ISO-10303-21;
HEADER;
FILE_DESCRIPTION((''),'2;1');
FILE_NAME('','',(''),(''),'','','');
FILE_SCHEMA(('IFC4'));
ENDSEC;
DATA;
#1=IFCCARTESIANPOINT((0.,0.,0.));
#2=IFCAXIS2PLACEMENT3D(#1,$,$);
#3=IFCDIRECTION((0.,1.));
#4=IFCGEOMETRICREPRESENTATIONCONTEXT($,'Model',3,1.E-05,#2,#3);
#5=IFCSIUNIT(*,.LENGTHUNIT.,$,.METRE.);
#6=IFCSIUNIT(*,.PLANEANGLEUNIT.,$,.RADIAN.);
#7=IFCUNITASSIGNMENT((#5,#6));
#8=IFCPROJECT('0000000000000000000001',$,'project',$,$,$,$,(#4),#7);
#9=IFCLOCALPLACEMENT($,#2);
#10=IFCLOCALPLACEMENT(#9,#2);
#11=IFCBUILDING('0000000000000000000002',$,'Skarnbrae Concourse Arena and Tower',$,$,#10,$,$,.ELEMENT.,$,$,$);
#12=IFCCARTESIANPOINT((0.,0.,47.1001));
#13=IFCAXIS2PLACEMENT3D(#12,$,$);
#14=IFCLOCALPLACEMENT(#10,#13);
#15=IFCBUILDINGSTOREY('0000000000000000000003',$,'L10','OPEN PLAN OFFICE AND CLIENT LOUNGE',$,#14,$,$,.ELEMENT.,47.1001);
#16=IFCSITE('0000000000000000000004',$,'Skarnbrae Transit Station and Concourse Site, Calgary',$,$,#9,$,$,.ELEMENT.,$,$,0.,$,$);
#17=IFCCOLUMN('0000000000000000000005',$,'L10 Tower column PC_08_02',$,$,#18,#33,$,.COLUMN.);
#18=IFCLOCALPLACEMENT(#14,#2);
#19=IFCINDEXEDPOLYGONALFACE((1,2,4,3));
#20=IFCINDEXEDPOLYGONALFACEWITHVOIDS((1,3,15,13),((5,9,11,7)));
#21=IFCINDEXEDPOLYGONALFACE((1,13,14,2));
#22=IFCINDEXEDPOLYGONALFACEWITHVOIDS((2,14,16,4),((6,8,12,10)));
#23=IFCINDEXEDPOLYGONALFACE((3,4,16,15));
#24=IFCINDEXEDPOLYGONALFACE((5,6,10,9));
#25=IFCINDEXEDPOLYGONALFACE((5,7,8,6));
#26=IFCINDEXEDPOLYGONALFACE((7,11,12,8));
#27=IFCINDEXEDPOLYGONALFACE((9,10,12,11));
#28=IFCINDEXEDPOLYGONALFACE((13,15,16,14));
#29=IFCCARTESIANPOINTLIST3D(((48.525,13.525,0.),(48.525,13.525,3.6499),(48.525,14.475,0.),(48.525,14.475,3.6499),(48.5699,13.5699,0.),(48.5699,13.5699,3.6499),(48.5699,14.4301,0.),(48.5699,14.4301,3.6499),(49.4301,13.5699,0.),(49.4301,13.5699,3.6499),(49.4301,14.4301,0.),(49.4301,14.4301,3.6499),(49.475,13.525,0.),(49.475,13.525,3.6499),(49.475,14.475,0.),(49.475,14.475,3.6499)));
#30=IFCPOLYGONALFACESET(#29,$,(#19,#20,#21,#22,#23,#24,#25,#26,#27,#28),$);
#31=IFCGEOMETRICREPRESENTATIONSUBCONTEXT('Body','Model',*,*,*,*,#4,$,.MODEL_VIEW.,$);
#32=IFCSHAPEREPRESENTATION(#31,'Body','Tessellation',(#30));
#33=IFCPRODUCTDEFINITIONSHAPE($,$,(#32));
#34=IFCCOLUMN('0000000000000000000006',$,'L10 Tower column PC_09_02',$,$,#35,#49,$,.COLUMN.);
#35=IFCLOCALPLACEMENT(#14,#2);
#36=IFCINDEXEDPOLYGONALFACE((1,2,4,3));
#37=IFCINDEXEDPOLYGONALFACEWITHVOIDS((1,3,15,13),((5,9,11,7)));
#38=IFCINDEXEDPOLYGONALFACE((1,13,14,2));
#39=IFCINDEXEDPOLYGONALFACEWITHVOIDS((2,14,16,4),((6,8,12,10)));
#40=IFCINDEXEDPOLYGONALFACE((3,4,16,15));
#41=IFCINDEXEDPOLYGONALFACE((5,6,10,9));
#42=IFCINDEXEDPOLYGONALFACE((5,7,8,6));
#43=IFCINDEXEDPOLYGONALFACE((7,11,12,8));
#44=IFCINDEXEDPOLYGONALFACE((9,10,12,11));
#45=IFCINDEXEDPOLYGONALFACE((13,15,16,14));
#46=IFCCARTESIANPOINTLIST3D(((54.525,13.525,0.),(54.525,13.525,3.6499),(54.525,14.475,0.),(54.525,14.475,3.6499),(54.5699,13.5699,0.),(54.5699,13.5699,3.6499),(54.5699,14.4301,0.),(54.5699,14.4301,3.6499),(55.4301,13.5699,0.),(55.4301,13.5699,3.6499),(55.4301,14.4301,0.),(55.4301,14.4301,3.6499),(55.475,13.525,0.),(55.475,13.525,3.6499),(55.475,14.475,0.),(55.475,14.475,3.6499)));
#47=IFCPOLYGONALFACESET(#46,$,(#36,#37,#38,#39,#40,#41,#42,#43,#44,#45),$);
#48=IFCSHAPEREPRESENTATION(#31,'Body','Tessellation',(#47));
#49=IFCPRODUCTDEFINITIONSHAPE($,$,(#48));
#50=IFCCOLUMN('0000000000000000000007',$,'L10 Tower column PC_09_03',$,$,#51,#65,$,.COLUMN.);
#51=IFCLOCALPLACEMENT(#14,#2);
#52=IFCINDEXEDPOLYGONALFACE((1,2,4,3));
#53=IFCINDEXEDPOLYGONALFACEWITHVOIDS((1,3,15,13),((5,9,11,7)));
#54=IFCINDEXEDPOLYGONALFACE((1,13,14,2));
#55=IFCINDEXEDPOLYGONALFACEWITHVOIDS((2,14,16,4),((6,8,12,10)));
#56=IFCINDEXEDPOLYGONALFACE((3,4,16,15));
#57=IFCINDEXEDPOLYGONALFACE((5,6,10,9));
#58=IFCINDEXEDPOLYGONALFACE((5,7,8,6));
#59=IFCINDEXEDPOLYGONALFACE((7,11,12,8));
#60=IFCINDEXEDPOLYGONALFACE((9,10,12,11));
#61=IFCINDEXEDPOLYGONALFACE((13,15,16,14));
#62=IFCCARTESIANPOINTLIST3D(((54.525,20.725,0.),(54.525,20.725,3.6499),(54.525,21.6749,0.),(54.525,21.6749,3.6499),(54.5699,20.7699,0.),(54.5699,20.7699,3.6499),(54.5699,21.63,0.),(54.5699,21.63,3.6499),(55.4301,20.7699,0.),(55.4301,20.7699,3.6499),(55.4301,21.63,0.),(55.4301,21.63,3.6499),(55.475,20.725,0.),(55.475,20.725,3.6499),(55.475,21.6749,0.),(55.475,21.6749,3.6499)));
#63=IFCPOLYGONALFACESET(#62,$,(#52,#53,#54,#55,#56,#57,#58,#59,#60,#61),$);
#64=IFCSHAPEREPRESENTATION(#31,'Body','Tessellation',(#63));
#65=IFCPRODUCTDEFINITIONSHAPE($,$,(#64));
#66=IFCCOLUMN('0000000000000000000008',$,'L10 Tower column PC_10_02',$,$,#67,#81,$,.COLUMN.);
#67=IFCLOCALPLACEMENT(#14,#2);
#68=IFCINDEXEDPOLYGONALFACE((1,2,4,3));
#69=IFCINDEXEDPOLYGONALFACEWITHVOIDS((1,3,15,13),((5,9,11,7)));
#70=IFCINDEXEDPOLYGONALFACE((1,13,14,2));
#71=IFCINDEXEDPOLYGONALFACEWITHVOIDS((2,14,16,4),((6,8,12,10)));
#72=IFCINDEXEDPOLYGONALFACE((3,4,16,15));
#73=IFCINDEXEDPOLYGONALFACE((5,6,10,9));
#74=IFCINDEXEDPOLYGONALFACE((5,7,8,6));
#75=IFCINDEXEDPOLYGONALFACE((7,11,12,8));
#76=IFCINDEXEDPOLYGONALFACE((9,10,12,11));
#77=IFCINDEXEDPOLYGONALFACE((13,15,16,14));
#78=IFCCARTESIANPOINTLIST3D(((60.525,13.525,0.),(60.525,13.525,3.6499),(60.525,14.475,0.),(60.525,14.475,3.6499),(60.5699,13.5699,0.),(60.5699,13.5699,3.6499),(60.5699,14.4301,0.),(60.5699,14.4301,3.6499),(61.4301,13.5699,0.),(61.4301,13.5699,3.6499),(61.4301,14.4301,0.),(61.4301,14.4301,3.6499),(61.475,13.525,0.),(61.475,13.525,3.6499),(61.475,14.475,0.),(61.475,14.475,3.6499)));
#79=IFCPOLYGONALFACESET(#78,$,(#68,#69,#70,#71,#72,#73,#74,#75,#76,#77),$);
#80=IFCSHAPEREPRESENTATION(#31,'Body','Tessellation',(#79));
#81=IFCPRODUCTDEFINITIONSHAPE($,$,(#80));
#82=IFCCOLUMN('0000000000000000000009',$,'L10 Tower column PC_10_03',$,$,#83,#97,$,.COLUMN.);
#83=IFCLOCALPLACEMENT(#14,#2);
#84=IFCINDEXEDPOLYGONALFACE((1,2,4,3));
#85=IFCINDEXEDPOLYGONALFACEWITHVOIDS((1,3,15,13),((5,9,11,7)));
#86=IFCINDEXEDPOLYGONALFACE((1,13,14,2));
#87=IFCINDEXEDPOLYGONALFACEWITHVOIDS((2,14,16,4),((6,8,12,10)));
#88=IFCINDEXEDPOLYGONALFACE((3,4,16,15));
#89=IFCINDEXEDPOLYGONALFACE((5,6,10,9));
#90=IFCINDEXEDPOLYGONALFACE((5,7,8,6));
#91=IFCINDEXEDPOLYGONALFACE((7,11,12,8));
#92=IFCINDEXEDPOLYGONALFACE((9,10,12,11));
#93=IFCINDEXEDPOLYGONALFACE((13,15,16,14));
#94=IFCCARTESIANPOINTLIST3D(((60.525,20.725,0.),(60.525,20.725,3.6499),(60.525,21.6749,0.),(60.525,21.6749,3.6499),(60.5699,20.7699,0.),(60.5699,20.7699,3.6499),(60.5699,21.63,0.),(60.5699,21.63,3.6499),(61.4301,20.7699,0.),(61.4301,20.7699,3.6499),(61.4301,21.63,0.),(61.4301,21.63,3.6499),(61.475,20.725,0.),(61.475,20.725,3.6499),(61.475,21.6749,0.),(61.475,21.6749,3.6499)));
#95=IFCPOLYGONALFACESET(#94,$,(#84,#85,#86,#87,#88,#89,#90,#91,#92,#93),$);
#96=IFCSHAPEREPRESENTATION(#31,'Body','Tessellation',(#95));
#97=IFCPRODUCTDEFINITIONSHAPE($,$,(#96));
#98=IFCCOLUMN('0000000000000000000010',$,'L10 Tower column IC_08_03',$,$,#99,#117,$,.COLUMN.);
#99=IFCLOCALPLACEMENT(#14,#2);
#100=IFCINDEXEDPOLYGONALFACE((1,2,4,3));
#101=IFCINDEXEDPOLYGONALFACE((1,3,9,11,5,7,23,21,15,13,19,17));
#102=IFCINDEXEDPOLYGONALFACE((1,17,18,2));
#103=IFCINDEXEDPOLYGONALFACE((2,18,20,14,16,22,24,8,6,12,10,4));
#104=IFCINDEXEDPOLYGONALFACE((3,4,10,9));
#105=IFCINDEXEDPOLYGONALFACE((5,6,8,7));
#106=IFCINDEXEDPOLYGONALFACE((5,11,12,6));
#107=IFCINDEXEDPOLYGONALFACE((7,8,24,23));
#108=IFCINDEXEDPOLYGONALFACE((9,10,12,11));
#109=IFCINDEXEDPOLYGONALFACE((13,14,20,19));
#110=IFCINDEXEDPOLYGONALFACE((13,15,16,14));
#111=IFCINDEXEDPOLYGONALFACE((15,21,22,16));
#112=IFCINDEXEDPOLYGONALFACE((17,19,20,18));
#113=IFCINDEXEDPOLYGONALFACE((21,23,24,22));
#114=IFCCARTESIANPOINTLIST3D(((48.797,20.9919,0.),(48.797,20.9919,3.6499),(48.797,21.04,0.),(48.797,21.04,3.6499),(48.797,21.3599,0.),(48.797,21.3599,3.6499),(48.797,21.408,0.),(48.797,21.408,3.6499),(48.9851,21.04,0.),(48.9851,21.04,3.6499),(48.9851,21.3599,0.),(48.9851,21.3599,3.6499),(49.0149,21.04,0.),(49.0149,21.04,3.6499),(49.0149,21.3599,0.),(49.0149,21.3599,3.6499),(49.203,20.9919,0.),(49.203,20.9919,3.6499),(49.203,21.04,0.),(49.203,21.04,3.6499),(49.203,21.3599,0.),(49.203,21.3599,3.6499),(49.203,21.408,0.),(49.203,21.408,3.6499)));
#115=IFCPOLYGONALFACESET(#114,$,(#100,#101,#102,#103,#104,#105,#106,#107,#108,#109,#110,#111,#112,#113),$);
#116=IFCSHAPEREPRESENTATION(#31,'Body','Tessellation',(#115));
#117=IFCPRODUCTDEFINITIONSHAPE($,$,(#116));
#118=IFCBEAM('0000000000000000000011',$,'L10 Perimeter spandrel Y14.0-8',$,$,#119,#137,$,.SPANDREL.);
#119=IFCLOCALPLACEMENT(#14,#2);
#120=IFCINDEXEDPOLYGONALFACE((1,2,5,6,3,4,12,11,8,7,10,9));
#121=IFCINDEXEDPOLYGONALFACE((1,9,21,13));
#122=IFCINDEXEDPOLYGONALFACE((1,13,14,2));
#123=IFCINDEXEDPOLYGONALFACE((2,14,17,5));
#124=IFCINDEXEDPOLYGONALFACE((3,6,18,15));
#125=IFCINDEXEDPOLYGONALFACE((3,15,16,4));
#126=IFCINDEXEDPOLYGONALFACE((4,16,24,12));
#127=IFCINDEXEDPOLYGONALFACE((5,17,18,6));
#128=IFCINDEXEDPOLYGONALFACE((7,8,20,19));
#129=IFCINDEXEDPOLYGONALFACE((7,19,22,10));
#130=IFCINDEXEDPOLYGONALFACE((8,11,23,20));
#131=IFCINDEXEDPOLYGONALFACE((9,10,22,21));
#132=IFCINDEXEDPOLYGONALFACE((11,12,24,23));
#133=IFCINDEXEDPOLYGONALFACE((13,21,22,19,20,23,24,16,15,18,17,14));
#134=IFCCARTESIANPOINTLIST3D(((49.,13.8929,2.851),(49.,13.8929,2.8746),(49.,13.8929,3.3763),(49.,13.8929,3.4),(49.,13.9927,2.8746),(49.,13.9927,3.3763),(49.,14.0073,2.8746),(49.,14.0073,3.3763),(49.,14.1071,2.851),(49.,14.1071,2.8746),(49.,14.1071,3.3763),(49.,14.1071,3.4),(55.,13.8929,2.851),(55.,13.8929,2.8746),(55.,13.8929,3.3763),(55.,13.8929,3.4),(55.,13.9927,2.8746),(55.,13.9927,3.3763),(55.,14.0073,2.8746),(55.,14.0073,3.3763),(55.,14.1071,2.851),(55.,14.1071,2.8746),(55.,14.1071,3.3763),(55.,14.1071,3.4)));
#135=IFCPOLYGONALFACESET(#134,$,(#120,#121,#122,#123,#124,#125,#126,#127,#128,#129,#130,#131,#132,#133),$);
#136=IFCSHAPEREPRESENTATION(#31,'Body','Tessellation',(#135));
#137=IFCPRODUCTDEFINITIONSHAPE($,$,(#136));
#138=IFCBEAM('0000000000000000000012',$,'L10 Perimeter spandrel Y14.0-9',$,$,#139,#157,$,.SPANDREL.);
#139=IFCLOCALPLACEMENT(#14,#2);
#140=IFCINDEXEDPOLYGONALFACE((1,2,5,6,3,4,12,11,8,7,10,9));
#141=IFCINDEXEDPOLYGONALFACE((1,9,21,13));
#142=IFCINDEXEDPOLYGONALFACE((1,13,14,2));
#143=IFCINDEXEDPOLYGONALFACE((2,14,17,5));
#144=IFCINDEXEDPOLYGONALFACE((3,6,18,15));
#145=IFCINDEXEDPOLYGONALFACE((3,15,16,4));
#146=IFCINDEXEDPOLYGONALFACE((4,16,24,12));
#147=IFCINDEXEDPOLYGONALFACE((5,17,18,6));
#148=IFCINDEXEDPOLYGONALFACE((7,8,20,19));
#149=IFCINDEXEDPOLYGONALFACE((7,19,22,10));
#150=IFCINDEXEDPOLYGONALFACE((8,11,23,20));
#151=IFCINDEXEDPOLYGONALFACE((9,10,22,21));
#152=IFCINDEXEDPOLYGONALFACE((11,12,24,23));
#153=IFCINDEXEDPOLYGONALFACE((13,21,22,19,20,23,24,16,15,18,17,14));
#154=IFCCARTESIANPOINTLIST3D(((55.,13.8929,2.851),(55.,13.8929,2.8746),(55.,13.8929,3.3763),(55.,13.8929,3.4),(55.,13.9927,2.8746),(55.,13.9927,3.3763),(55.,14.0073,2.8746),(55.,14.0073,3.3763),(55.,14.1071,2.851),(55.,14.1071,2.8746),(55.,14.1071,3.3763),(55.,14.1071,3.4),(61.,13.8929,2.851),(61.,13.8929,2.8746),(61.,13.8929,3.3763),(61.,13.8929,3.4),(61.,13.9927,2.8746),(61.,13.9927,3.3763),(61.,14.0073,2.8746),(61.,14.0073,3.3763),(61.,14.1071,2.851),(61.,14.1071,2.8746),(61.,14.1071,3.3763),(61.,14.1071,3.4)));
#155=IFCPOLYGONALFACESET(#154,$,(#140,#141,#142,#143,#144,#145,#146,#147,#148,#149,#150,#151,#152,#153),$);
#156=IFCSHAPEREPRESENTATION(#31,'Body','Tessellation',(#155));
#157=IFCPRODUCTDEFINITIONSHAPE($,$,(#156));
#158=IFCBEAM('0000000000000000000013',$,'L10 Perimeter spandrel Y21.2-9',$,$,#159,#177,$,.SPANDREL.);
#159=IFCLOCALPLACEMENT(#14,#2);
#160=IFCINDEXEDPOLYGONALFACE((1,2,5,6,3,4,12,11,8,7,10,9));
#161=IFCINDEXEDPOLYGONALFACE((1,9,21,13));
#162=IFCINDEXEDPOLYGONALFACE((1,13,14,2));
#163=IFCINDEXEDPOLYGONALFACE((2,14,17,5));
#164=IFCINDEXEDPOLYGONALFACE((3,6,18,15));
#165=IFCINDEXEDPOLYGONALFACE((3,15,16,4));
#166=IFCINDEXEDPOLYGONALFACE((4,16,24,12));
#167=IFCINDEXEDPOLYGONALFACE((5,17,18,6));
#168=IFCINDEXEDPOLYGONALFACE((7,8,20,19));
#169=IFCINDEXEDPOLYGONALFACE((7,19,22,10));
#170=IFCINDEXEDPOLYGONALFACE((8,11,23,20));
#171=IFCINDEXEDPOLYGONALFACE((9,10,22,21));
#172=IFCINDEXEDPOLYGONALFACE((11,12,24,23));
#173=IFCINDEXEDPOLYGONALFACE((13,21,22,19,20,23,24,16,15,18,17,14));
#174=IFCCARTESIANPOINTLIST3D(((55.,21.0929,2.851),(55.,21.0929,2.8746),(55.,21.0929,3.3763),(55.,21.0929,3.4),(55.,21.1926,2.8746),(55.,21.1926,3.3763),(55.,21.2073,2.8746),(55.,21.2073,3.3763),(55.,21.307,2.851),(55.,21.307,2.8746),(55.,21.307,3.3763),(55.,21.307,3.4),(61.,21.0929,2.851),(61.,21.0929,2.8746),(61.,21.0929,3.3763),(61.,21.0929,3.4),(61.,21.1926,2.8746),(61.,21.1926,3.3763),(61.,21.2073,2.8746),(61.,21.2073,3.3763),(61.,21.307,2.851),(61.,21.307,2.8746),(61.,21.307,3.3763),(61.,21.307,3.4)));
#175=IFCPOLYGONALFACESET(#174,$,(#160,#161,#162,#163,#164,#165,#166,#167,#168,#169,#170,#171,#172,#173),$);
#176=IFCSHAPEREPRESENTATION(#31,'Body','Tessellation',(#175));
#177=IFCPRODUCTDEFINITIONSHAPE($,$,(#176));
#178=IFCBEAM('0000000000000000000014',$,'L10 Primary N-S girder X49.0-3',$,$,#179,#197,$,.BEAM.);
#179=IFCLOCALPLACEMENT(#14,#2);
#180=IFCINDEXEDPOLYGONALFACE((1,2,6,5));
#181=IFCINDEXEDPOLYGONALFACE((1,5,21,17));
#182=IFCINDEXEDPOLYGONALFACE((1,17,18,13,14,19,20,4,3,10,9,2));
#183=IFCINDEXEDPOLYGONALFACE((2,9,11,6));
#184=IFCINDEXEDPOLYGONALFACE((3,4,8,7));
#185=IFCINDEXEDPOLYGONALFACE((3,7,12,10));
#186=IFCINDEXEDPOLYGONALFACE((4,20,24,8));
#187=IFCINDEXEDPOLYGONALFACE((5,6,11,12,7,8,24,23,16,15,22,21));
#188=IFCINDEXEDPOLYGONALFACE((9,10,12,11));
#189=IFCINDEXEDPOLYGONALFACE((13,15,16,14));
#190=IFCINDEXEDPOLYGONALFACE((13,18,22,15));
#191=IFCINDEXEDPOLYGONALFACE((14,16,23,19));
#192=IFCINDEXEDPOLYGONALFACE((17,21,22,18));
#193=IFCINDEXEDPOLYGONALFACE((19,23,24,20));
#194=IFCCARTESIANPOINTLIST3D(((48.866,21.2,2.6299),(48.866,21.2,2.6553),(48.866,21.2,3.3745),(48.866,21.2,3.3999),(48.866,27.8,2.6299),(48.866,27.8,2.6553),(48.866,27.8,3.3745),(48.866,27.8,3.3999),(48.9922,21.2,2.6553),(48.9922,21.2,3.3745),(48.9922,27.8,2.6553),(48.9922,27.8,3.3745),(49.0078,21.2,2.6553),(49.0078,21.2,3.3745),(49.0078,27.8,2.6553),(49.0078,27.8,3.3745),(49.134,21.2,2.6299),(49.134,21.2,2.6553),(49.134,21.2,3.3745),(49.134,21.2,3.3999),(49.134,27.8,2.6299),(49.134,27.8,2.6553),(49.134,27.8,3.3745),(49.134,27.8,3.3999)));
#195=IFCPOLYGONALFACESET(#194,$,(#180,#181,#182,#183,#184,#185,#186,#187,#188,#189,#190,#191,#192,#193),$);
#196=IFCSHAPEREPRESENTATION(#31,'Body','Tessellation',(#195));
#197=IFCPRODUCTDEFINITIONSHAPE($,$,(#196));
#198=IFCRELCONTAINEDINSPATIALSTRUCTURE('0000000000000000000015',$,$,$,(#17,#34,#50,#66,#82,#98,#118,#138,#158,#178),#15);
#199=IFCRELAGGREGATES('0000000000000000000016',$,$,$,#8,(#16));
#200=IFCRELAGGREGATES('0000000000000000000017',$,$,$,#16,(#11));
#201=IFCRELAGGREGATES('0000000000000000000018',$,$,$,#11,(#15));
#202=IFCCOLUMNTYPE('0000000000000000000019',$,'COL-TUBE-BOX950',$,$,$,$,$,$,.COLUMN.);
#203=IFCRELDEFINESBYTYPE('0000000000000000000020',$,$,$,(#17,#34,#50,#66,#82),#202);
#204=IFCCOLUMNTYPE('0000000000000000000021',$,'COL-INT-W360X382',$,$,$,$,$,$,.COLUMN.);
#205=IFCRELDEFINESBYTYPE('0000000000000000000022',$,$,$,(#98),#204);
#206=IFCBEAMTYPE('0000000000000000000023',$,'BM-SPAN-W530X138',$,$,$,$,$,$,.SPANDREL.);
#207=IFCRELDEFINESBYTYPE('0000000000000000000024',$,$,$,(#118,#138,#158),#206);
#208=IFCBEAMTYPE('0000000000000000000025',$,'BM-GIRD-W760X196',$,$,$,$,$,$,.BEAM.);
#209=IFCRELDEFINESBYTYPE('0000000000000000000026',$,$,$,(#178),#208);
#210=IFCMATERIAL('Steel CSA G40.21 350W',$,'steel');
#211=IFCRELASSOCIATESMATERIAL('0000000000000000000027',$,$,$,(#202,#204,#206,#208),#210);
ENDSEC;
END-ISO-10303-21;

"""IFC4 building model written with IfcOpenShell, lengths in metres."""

from ifc_helpers import new_model, si_unit, direction, frame, origin, origin_2d, place, context, subcontext, project, spatial, hollow_rectangle, i_section, extrude, source, transform, mapped, material, material_profile, profile_set, type_object, element, save


model = new_model("IFC4")

# Units and contexts
model_context = context("Model", 3, precision=1e-05, world=origin(), true_north=direction((0.0, 1.0)))
body_context = subcontext(model_context, "Body", "Model", "MODEL_VIEW")
ifc_project = project(units=[si_unit("LENGTHUNIT", "METRE"), si_unit("PLANEANGLEUNIT", "RADIAN")], contexts=[model_context])

# Site, building, storey
site_placement = place(None, origin())
site = spatial("IfcSite", under=ifc_project, at=site_placement, Name="Skarnbrae Transit Station and Concourse Site, Calgary", CompositionType="ELEMENT", RefElevation=0.0)
building_placement = place(site_placement, origin())
building = spatial("IfcBuilding", under=site, at=building_placement, Name="Skarnbrae Concourse Arena and Tower", CompositionType="ELEMENT")
storey_placement = place(building_placement, frame((0.0, 0.0, 47.1001)))
storey = spatial("IfcBuildingStorey", under=building, at=storey_placement, Name="L10", Description="OPEN PLAN OFFICE AND CLIENT LOUNGE", CompositionType="ELEMENT", Elevation=47.1001)

# Columns
ifc_material_1 = material(Name="Steel CSA G40.21 350W", Category="steel")
ifc_material_profile_1 = material_profile(ifc_material_1, hollow_rectangle(XDim=0.95, YDim=0.95, WallThickness=0.0449, at=origin_2d()), Name="BOX950X950X45")
ifc_profile_set_1 = profile_set([ifc_material_profile_1], Name="Steel CSA G40.21 350W")
column_type_1 = type_object("IfcColumnType", Name="COL-TUBE-BOX950", PredefinedType="COLUMN", material=ifc_profile_set_1)
shared_shape_1 = source(origin(), body_context, "Body", "SweptSolid", [
    extrude(hollow_rectangle(XDim=0.95, YDim=0.95, WallThickness=0.0449, at=origin_2d()), origin(), (0.0, 0.0, 1.0), 3.6499),
])
for number, where, z_axis, x_axis, name in (
    (1, (49.0, 14.0, 0.0), (0.0, 0.0, 1.0), (1.0, 0.0, 0.0), "L10 Tower column PC_08_02"),
    (2, (55.0, 14.0, 0.0), (0.0, 0.0, 1.0), (1.0, 0.0, 0.0), "L10 Tower column PC_09_02"),
    (3, (55.0, 21.2, 0.0), (0.0, 0.0, 1.0), (1.0, 0.0, 0.0), "L10 Tower column PC_09_03"),
    (4, (61.0, 14.0, 0.0), (0.0, 0.0, 1.0), (1.0, 0.0, 0.0), "L10 Tower column PC_10_02"),
    (5, (61.0, 21.2, 0.0), (0.0, 0.0, 1.0), (1.0, 0.0, 0.0), "L10 Tower column PC_10_03"),
):
    element("IfcColumn", number, at=place(storey_placement, frame(where, z_axis=z_axis, x_axis=x_axis)), inside=storey, type_object=column_type_1, Name=name, PredefinedType="COLUMN", context=body_context, shape_type="MappedRepresentation", body=[
        mapped(shared_shape_1, transform((0.0, 0.0, 0.0))),
    ])
ifc_material_profile_2 = material_profile(ifc_material_1, i_section(OverallWidth=0.406, OverallDepth=0.416, WebThickness=0.0298, FlangeThickness=0.0481, at=origin_2d()), Name="W360X382")
ifc_profile_set_2 = profile_set([ifc_material_profile_2], Name="Steel CSA G40.21 350W")
column_type_2 = type_object("IfcColumnType", Name="COL-INT-W360X382", PredefinedType="COLUMN", material=ifc_profile_set_2)
shared_shape_2 = source(origin(), body_context, "Body", "SweptSolid", [
    extrude(i_section(OverallWidth=0.406, OverallDepth=0.416, WebThickness=0.0298, FlangeThickness=0.0481, at=origin_2d()), origin(), (0.0, 0.0, 1.0), 3.6499),
])
column_placement = place(storey_placement, frame((49.0, 21.2, 0.0), z_axis=(0.0, 0.0, 1.0), x_axis=(1.0, 0.0, 0.0)))
element("IfcColumn", 6, at=column_placement, inside=storey, type_object=column_type_2, Name="L10 Tower column IC_08_03", PredefinedType="COLUMN", context=body_context, shape_type="MappedRepresentation", body=[
    mapped(shared_shape_2, transform((0.0, 0.0, 0.0))),
])

# Beams
ifc_material_profile_3 = material_profile(ifc_material_1, i_section(OverallWidth=0.2141, OverallDepth=0.5491, WebThickness=0.0146, FlangeThickness=0.0237, at=origin_2d()), Name="W530X138")
ifc_profile_set_3 = profile_set([ifc_material_profile_3], Name="Steel CSA G40.21 350W")
beam_type_1 = type_object("IfcBeamType", Name="BM-SPAN-W530X138", PredefinedType="SPANDREL", material=ifc_profile_set_3)
shared_shape_3 = source(origin(), body_context, "Body", "SweptSolid", [
    extrude(i_section(OverallWidth=0.2141, OverallDepth=0.5491, WebThickness=0.0146, FlangeThickness=0.0237, at=origin_2d()), origin(), (0.0, 0.0, 1.0), 6.0),
])
for number, where, z_axis, x_axis, name in (
    (7, (49.0, 14.0, 3.1255), (1.0, 0.0, 0.0), (0.0, 1.0, 0.0), "L10 Perimeter spandrel Y14.0-8"),
    (8, (55.0, 14.0, 3.1255), (1.0, 0.0, 0.0), (0.0, 1.0, 0.0), "L10 Perimeter spandrel Y14.0-9"),
    (9, (55.0, 21.2, 3.1255), (1.0, 0.0, 0.0), (0.0, 1.0, 0.0), "L10 Perimeter spandrel Y21.2-9"),
):
    element("IfcBeam", number, at=place(storey_placement, frame(where, z_axis=z_axis, x_axis=x_axis)), inside=storey, type_object=beam_type_1, Name=name, PredefinedType="SPANDREL", context=body_context, shape_type="MappedRepresentation", body=[
        mapped(shared_shape_3, transform((0.0, 0.0, 0.0))),
    ])
ifc_material_profile_4 = material_profile(ifc_material_1, i_section(OverallWidth=0.2681, OverallDepth=0.77, WebThickness=0.0156, FlangeThickness=0.0254, at=origin_2d()), Name="W760X196")
ifc_profile_set_4 = profile_set([ifc_material_profile_4], Name="Steel CSA G40.21 350W")
beam_type_2 = type_object("IfcBeamType", Name="BM-GIRD-W760X196", PredefinedType="BEAM", material=ifc_profile_set_4)
shared_shape_4 = source(origin(), body_context, "Body", "SweptSolid", [
    extrude(i_section(OverallWidth=0.2681, OverallDepth=0.77, WebThickness=0.0156, FlangeThickness=0.0254, at=origin_2d()), origin(), (0.0, 0.0, 1.0), 6.6001),
])
beam_1_placement = place(storey_placement, frame((49.0, 21.2, 3.0149), z_axis=(0.0, 1.0, 0.0), x_axis=(-1.0, 0.0, 0.0)))
element("IfcBeam", 10, at=beam_1_placement, inside=storey, type_object=beam_type_2, Name="L10 Primary N-S girder X49.0-3", PredefinedType="BEAM", context=body_context, shape_type="MappedRepresentation", body=[
    mapped(shared_shape_4, transform((0.0, 0.0, 0.0))),
])

save(model, "model.ifc")
